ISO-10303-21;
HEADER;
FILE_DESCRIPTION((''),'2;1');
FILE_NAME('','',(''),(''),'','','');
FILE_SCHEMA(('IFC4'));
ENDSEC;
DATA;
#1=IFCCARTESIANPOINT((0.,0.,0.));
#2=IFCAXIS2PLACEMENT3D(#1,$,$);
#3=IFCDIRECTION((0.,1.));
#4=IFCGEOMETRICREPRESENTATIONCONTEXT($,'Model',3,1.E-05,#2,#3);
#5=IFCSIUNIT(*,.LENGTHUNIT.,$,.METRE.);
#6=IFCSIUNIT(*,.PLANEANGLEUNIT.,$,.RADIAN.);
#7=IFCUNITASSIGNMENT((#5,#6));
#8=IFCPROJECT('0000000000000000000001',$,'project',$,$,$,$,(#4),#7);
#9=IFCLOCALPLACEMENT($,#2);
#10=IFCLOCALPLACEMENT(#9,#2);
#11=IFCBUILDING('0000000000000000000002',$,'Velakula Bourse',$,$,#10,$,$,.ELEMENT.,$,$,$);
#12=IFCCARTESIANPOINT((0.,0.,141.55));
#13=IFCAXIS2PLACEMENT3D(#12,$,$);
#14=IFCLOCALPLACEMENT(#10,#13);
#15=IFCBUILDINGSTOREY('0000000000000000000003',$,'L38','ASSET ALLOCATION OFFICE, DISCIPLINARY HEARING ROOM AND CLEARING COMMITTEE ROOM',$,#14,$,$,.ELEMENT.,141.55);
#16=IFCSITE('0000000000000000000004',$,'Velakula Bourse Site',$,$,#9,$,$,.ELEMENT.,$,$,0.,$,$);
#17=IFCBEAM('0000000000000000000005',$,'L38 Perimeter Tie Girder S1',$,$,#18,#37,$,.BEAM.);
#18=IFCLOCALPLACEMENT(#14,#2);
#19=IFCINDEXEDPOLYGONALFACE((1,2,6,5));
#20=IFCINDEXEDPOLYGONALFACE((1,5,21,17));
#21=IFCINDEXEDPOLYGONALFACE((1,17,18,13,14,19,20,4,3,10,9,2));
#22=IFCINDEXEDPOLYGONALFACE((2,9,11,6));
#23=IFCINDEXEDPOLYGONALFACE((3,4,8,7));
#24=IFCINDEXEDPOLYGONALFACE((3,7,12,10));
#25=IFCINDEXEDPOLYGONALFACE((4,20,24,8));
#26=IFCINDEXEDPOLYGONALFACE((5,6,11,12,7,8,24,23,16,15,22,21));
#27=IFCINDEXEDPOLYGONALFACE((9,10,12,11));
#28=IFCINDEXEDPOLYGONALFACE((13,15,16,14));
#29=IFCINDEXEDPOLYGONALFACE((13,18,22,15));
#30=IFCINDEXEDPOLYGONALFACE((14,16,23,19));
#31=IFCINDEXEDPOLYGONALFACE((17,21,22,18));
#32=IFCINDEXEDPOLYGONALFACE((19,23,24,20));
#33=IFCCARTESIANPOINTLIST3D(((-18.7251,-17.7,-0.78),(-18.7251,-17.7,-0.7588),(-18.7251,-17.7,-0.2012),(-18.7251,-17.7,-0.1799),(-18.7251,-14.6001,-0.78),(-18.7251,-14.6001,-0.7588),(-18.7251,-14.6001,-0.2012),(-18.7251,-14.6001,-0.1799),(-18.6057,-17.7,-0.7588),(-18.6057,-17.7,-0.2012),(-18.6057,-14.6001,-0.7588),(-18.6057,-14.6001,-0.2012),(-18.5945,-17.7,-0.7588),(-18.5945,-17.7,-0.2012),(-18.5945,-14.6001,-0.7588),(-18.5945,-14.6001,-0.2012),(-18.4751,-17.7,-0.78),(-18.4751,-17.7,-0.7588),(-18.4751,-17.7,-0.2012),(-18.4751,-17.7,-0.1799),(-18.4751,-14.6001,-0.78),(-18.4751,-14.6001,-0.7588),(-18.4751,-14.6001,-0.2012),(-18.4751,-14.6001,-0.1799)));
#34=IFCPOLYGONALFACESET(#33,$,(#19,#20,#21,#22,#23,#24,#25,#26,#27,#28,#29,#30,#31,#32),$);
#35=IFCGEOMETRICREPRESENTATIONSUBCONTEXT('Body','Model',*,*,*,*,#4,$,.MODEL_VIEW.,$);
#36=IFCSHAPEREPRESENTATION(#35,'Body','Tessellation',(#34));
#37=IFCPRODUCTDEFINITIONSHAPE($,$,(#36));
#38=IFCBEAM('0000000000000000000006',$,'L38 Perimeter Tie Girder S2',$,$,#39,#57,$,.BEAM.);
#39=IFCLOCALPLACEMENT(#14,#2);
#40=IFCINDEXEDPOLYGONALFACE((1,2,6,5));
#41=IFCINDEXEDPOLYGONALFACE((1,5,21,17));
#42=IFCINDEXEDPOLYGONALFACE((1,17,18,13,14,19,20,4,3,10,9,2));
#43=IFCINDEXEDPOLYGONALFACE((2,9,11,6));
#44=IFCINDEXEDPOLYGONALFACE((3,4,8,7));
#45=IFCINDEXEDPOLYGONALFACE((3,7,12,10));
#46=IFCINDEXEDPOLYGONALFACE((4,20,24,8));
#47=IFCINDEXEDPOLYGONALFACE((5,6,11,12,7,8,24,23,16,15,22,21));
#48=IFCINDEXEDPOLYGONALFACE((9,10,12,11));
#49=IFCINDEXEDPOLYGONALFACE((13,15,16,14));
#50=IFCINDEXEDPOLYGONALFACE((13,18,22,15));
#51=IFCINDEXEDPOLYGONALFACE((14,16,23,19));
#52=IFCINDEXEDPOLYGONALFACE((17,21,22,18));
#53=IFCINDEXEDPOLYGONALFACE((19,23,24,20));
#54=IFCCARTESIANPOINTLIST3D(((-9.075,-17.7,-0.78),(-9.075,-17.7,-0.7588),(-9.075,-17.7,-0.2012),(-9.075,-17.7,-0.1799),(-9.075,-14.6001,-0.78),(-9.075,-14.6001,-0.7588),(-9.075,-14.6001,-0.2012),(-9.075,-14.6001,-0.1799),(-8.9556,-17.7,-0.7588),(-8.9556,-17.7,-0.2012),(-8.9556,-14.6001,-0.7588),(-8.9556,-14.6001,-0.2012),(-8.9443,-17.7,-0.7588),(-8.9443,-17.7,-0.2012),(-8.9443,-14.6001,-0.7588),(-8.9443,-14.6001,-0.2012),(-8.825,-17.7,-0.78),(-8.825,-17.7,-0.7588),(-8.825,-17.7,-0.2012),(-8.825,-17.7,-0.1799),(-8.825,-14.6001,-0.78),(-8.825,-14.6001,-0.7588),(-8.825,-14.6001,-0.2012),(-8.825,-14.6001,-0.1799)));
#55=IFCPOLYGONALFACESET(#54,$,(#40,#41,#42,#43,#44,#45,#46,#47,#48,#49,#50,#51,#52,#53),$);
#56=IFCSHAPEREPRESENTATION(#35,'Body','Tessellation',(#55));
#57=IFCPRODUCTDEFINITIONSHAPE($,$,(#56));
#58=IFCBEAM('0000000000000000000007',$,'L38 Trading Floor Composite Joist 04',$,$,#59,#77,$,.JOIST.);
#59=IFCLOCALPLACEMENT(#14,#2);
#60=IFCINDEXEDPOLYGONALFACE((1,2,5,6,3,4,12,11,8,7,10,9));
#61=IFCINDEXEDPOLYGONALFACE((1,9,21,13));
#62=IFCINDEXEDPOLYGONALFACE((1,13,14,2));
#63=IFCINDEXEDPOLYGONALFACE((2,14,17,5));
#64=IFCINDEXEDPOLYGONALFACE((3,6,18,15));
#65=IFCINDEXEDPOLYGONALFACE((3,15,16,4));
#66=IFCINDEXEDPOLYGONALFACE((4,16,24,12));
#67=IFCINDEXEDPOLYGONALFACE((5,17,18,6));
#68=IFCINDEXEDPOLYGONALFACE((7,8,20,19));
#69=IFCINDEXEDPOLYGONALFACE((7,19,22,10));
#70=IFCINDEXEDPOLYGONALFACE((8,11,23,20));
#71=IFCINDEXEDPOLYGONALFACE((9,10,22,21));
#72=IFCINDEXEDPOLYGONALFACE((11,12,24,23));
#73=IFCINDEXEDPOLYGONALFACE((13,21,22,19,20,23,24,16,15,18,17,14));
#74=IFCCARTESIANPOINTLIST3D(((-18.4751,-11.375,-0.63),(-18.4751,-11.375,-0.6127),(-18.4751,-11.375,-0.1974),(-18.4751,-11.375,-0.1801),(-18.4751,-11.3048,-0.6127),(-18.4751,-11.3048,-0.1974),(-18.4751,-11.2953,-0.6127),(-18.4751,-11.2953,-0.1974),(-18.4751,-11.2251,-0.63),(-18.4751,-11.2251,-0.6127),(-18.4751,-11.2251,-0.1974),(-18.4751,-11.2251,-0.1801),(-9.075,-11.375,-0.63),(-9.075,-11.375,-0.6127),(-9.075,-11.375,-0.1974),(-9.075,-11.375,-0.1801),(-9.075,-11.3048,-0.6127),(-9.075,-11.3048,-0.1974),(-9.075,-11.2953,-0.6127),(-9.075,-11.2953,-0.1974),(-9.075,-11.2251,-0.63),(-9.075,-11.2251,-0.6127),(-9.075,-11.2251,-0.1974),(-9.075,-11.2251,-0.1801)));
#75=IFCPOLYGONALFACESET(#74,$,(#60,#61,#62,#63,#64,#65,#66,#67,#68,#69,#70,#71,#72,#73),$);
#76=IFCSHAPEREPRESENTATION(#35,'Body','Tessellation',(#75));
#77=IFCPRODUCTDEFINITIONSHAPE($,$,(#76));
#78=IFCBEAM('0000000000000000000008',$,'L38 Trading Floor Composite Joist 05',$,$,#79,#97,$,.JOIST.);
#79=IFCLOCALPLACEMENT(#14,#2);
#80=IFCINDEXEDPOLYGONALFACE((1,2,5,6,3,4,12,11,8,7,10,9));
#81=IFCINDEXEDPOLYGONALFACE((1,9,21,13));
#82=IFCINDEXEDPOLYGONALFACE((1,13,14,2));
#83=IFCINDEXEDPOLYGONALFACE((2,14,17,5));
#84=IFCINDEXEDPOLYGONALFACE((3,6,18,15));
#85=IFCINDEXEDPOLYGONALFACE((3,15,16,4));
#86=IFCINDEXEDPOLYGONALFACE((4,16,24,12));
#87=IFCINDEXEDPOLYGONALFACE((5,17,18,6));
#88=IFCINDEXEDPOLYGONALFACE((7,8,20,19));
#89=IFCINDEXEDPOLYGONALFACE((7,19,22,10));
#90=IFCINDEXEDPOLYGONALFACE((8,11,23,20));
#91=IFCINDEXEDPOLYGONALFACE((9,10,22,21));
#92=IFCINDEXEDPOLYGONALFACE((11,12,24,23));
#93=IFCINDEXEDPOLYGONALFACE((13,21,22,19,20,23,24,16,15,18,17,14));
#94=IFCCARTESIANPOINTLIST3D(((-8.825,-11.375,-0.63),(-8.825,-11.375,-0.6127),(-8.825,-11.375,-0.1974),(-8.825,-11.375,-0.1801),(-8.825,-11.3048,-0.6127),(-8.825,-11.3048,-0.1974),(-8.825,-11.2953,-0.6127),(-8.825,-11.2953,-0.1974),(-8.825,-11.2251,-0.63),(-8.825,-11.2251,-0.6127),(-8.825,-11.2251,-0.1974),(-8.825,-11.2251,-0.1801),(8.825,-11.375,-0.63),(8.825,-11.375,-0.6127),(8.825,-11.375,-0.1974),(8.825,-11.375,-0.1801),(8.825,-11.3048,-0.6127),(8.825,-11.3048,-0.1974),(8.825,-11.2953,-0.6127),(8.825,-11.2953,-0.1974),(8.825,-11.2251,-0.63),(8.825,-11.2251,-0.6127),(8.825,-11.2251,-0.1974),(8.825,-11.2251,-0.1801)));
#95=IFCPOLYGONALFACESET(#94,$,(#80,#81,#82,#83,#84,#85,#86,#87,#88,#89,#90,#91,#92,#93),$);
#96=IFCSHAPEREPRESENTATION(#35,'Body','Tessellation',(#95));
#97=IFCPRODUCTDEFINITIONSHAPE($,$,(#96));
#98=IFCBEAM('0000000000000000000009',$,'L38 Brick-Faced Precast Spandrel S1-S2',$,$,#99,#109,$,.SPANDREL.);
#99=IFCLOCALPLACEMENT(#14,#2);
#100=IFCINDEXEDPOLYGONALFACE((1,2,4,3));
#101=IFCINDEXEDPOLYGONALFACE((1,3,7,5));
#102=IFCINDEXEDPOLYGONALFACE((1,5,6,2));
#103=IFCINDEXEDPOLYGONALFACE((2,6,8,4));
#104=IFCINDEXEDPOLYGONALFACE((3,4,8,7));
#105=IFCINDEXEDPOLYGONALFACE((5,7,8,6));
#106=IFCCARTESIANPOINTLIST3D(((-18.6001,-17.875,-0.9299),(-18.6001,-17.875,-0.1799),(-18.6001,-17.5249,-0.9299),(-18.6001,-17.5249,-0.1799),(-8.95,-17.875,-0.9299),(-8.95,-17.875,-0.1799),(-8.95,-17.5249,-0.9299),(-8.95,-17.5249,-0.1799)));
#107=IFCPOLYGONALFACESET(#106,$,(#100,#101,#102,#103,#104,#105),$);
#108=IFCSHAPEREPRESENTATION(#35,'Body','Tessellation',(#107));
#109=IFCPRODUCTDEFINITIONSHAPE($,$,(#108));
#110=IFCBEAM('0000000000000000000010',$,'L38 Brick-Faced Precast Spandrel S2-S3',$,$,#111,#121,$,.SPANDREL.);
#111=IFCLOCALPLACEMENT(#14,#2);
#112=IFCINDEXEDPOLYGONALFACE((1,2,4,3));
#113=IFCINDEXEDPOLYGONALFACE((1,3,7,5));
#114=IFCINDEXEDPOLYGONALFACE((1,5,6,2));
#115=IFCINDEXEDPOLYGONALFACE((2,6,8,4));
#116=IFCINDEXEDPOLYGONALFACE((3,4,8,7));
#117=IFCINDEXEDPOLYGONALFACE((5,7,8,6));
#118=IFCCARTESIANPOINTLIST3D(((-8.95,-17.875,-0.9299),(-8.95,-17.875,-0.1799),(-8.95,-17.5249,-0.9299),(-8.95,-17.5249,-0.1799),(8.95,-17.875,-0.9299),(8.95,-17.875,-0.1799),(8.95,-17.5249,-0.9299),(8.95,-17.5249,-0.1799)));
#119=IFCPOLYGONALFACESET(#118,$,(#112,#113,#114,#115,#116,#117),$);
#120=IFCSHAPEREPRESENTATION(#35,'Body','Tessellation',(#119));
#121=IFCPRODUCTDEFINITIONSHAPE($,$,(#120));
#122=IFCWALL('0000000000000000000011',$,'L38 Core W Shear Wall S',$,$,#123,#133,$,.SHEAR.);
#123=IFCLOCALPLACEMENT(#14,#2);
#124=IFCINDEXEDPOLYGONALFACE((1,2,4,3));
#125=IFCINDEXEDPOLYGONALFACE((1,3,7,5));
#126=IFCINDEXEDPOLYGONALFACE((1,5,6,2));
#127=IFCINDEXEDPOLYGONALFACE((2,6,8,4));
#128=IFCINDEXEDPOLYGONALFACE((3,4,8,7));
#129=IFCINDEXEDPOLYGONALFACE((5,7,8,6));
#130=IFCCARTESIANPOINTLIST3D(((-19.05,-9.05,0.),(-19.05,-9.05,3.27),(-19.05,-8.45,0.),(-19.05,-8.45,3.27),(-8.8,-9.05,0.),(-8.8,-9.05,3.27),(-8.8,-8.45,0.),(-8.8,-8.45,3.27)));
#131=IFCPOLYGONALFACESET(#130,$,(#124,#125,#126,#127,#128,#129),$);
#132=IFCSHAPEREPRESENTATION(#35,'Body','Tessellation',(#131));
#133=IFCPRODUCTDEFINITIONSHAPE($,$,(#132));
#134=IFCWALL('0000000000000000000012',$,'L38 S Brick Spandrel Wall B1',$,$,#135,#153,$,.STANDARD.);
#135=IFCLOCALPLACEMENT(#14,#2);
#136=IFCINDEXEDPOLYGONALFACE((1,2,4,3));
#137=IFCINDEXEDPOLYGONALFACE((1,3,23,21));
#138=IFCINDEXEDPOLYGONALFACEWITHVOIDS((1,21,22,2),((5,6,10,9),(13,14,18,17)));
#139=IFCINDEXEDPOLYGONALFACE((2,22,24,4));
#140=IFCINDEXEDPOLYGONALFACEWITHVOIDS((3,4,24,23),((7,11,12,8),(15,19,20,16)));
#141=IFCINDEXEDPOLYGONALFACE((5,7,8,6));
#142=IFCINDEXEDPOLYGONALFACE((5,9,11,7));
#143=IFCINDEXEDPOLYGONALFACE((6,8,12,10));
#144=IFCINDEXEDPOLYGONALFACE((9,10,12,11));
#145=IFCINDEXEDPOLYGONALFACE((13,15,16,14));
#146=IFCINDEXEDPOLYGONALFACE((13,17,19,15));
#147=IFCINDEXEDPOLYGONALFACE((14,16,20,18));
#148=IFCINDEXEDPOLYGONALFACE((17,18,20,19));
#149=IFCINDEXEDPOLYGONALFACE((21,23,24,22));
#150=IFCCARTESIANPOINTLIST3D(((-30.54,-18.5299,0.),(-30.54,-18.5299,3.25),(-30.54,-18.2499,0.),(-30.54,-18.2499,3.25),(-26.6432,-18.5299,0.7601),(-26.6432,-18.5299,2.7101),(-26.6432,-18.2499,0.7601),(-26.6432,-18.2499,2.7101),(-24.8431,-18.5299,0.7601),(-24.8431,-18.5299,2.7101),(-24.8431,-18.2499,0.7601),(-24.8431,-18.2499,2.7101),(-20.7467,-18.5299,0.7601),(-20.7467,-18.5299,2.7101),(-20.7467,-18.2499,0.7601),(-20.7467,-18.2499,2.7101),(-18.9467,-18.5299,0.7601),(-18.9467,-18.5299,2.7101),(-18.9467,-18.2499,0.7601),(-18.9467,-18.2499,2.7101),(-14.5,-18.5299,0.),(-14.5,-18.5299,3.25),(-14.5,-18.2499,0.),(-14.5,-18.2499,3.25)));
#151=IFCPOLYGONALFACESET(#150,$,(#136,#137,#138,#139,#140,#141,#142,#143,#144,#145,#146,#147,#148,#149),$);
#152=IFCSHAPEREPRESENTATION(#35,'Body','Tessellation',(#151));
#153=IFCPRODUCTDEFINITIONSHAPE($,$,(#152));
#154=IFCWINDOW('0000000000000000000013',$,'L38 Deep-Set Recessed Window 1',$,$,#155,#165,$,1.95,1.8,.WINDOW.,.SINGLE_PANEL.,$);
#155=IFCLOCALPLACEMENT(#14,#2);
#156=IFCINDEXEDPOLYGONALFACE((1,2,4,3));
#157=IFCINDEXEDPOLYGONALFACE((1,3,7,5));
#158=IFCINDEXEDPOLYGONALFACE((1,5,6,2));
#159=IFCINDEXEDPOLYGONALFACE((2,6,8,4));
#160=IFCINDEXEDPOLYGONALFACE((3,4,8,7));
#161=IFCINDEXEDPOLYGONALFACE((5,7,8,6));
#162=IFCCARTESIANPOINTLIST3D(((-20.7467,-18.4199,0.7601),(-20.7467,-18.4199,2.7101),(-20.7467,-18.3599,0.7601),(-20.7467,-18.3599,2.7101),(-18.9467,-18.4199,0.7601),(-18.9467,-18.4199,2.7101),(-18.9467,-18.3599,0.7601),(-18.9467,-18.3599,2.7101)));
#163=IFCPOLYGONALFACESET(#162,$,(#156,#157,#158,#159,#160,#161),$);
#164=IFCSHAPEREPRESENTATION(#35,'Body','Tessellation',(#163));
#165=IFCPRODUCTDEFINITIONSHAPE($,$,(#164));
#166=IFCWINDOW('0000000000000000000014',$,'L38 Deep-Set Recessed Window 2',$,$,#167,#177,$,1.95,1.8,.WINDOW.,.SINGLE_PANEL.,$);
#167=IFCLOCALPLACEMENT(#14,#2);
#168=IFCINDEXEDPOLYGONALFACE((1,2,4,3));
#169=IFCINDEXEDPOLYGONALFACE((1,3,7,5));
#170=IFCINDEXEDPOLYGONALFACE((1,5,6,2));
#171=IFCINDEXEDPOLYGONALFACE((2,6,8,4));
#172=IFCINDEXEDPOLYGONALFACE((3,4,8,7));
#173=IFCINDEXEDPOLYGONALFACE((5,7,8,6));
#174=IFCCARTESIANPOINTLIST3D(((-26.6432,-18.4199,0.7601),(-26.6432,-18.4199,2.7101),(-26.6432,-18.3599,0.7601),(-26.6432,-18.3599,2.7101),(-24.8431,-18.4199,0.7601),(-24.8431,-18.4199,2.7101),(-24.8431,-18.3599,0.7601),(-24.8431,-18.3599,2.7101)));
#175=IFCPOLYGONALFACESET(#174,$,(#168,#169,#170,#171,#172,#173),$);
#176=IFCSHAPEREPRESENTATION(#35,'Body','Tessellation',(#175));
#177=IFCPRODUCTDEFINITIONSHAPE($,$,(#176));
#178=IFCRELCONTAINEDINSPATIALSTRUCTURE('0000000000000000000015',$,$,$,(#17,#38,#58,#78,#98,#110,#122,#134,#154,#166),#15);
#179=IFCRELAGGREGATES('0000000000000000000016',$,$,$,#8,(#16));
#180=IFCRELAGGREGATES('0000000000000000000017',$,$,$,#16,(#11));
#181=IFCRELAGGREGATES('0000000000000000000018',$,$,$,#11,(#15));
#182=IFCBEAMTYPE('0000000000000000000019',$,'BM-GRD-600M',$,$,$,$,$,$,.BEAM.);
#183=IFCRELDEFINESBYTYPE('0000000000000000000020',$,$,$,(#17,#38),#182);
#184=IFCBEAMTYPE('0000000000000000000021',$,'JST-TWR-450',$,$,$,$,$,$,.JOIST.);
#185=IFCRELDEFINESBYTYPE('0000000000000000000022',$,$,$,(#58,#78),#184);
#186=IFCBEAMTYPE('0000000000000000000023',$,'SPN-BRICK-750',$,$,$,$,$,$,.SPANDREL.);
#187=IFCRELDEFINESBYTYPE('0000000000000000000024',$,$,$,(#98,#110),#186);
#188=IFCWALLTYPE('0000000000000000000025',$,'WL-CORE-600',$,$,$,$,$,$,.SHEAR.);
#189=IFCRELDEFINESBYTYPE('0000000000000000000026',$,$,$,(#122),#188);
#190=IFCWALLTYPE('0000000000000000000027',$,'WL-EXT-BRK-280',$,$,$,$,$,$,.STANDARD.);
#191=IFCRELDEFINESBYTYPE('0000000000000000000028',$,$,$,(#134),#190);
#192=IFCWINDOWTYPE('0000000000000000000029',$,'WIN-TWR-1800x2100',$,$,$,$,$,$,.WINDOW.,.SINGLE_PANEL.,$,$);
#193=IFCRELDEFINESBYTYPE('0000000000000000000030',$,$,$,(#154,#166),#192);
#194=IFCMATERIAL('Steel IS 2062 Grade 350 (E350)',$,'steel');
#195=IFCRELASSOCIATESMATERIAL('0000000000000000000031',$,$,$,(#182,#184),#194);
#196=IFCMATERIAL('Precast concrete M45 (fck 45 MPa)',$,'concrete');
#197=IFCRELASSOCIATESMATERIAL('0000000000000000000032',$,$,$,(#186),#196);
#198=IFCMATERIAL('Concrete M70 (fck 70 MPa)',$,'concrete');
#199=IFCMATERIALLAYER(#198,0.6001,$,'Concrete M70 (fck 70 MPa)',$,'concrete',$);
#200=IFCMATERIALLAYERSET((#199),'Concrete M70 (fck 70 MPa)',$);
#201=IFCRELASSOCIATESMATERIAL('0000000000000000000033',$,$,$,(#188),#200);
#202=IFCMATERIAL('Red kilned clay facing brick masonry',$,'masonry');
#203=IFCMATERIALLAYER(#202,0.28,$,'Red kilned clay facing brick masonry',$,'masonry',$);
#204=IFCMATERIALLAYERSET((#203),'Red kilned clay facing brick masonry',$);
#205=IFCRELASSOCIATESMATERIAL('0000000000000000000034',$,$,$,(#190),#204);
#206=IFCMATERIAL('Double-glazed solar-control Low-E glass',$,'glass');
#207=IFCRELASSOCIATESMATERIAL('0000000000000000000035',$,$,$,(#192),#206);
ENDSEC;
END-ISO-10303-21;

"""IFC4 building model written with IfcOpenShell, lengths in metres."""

from ifc_helpers import new_model, si_unit, direction, frame, frame_2d, origin, origin_2d, place, context, subcontext, project, spatial, rectangle, i_section, extrude, material, layer, layer_set, material_profile, profile_set, type_object, element, fill, save


model = new_model("IFC4")

# Units and contexts
model_context = context("Model", 3, precision=1e-05, world=origin(), true_north=direction((0.0, 1.0)))
body_context = subcontext(model_context, "Body", "Model", "MODEL_VIEW")
ifc_project = project(units=[si_unit("LENGTHUNIT", "METRE"), si_unit("PLANEANGLEUNIT", "RADIAN")], contexts=[model_context])

# Site, building, storey
site_placement = place(None, origin())
site = spatial("IfcSite", under=ifc_project, at=site_placement, Name="Velakula Bourse Site", CompositionType="ELEMENT", RefElevation=0.0)
building_placement = place(site_placement, origin())
building = spatial("IfcBuilding", under=site, at=building_placement, Name="Velakula Bourse", CompositionType="ELEMENT")
storey_placement = place(building_placement, frame((0.0, 0.0, 141.55)))
storey = spatial("IfcBuildingStorey", under=building, at=storey_placement, Name="L38", Description="ASSET ALLOCATION OFFICE, DISCIPLINARY HEARING ROOM AND CLEARING COMMITTEE ROOM", CompositionType="ELEMENT", Elevation=141.55)

# Shared definitions
ifc_material_1 = material(Name="Concrete M70 (fck 70 MPa)", Category="concrete")
ifc_material_2 = material(Name="Steel IS 2062 Grade 350 (E350)", Category="steel")

# Beams
ifc_material_profile_1 = material_profile(ifc_material_2, i_section(OverallWidth=0.25, OverallDepth=0.6001, WebThickness=0.0112, FlangeThickness=0.0212, at=origin_2d()), Name="Steel IS 2062 Grade 350 (E350)")
ifc_profile_set_1 = profile_set([ifc_material_profile_1], Name="Steel IS 2062 Grade 350 (E350)")
beam_type_1 = type_object("IfcBeamType", Name="BM-GRD-600M", PredefinedType="BEAM", material=ifc_profile_set_1)
for number, where, z_axis, x_axis, name in (
    (1, (-18.6001, -14.6001, -0.48), (0.0, -1.0, 0.0), (1.0, 0.0, 0.0), "L38 Perimeter Tie Girder S1"),
    (2, (-8.95, -14.6001, -0.48), (0.0, -1.0, 0.0), (1.0, 0.0, 0.0), "L38 Perimeter Tie Girder S2"),
):
    element("IfcBeam", number, at=place(storey_placement, frame(where, z_axis=z_axis, x_axis=x_axis)), inside=storey, type_object=beam_type_1, Name=name, PredefinedType="BEAM", context=body_context, shape_type="SweptSolid", body=[
        extrude(i_section(OverallWidth=0.25, OverallDepth=0.6001, WebThickness=0.0112, FlangeThickness=0.0212, at=origin_2d()), origin(), (0.0, 0.0, 1.0), 3.0999),
    ])
ifc_material_profile_2 = material_profile(ifc_material_2, i_section(OverallWidth=0.1499, OverallDepth=0.45, WebThickness=0.0095, FlangeThickness=0.0173, at=origin_2d()), Name="Steel IS 2062 Grade 350 (E350)")
ifc_profile_set_2 = profile_set([ifc_material_profile_2], Name="Steel IS 2062 Grade 350 (E350)")
beam_type_2 = type_object("IfcBeamType", Name="JST-TWR-450", PredefinedType="JOIST", material=ifc_profile_set_2)
beam_1_placement = place(storey_placement, frame((-18.4751, -11.3, -0.405), z_axis=(1.0, 0.0, 0.0), x_axis=(0.0, 1.0, 0.0)))
element("IfcBeam", 3, at=beam_1_placement, inside=storey, type_object=beam_type_2, Name="L38 Trading Floor Composite Joist 04", PredefinedType="JOIST", context=body_context, shape_type="SweptSolid", body=[
    extrude(i_section(OverallWidth=0.1499, OverallDepth=0.45, WebThickness=0.0095, FlangeThickness=0.0173, at=origin_2d()), origin(), (0.0, 0.0, 1.0), 9.4001),
])
beam_2_placement = place(storey_placement, frame((-8.825, -11.3, -0.405), z_axis=(1.0, 0.0, 0.0), x_axis=(0.0, 1.0, 0.0)))
element("IfcBeam", 4, at=beam_2_placement, inside=storey, type_object=beam_type_2, Name="L38 Trading Floor Composite Joist 05", PredefinedType="JOIST", context=body_context, shape_type="SweptSolid", body=[
    extrude(i_section(OverallWidth=0.1499, OverallDepth=0.45, WebThickness=0.0095, FlangeThickness=0.0173, at=origin_2d()), origin(), (0.0, 0.0, 1.0), 17.6499),
])
ifc_material_3 = material(Name="Precast concrete M45 (fck 45 MPa)", Category="concrete")
ifc_material_profile_3 = material_profile(ifc_material_3, rectangle(XDim=0.3501, YDim=0.75, at=origin_2d()), Name="Precast concrete M45 (fck 45 MPa)")
ifc_profile_set_3 = profile_set([ifc_material_profile_3], Name="Precast concrete M45 (fck 45 MPa)")
beam_type_3 = type_object("IfcBeamType", Name="SPN-BRICK-750", PredefinedType="SPANDREL", material=ifc_profile_set_3)
beam_3_placement = place(storey_placement, frame((-18.6001, -17.7, -0.5549), z_axis=(1.0, 0.0, 0.0), x_axis=(0.0, 1.0, 0.0)))
element("IfcBeam", 5, at=beam_3_placement, inside=storey, type_object=beam_type_3, Name="L38 Brick-Faced Precast Spandrel S1-S2", PredefinedType="SPANDREL", context=body_context, shape_type="SweptSolid", body=[
    extrude(rectangle(XDim=0.3501, YDim=0.75, at=origin_2d()), origin(), (0.0, 0.0, 1.0), 9.6501),
])
beam_4_placement = place(storey_placement, frame((-8.95, -17.7, -0.5549), z_axis=(1.0, 0.0, 0.0), x_axis=(0.0, 1.0, 0.0)))
element("IfcBeam", 6, at=beam_4_placement, inside=storey, type_object=beam_type_3, Name="L38 Brick-Faced Precast Spandrel S2-S3", PredefinedType="SPANDREL", context=body_context, shape_type="SweptSolid", body=[
    extrude(rectangle(XDim=0.3501, YDim=0.75, at=origin_2d()), origin(), (0.0, 0.0, 1.0), 17.8999),
])

# Wall
ifc_layer_1 = layer(ifc_material_1, 0.6001, Name="Concrete M70 (fck 70 MPa)", Category="concrete")
ifc_layer_set_1 = layer_set([ifc_layer_1], Name="Concrete M70 (fck 70 MPa)")
wall_type_1 = type_object("IfcWallType", Name="WL-CORE-600", PredefinedType="SHEAR", material=ifc_layer_set_1)
wall_1_placement = place(storey_placement, frame((-19.05, -8.75, 0.0), z_axis=(0.0, 0.0, 1.0), x_axis=(1.0, 0.0, 0.0)))
element("IfcWall", 7, at=wall_1_placement, inside=storey, type_object=wall_type_1, Name="L38 Core W Shear Wall S", PredefinedType="SHEAR", context=body_context, shape_type="SweptSolid", body=[
    extrude(rectangle(XDim=10.25, YDim=0.6001, at=frame_2d((5.125, 0.0))), origin(), (0.0, 0.0, 1.0), 3.27),
])

# Wall, openings, windows
ifc_material_4 = material(Name="Red kilned clay facing brick masonry", Category="masonry")
ifc_layer_2 = layer(ifc_material_4, 0.28, Name="Red kilned clay facing brick masonry", Category="masonry")
ifc_layer_set_2 = layer_set([ifc_layer_2], Name="Red kilned clay facing brick masonry")
wall_type_2 = type_object("IfcWallType", Name="WL-EXT-BRK-280", PredefinedType="STANDARD", material=ifc_layer_set_2)
wall_2_placement = place(storey_placement, frame((-14.5, -18.3899, 0.0), z_axis=(0.0, 0.0, 1.0), x_axis=(-1.0, 0.0, 0.0)))
wall_2 = element("IfcWall", 8, at=wall_2_placement, inside=storey, type_object=wall_type_2, Name="L38 S Brick Spandrel Wall B1", PredefinedType="STANDARD", context=body_context, shape_type="SweptSolid", body=[
    extrude(rectangle(XDim=16.04, YDim=0.28, at=frame_2d((8.02, 0.0))), origin(), (0.0, 0.0, 1.0), 3.25),
])
opening_1_placement = place(wall_2_placement, frame((4.4468, 0.0, 0.76)))
opening_1 = element("IfcOpeningElement", 9, at=opening_1_placement, cuts=wall_2, PredefinedType="OPENING", context=body_context, shape_type="SweptSolid", body=[
    extrude(rectangle(XDim=1.8, YDim=1.95, at=frame_2d((0.8999, 0.9751))), frame((0.0, 0.1499, 0.0), z_axis=(0.0, -1.0, 0.0), x_axis=(1.0, 0.0, 0.0)), (0.0, 0.0, 1.0), 0.3),
])
opening_2_placement = place(wall_2_placement, frame((10.3433, 0.0, 0.76)))
opening_2 = element("IfcOpeningElement", 10, at=opening_2_placement, cuts=wall_2, PredefinedType="OPENING", context=body_context, shape_type="SweptSolid", body=[
    extrude(rectangle(XDim=1.8, YDim=1.95, at=frame_2d((0.8999, 0.9751))), frame((0.0, 0.1499, 0.0), z_axis=(0.0, -1.0, 0.0), x_axis=(1.0, 0.0, 0.0)), (0.0, 0.0, 1.0), 0.3),
])
ifc_material_5 = material(Name="Double-glazed solar-control Low-E glass", Category="glass")
window_type = type_object("IfcWindowType", Name="WIN-TWR-1800x2100", PartitioningType="SINGLE_PANEL", PredefinedType="WINDOW", material=ifc_material_5)
window_1_placement = place(opening_1_placement, origin())
window_1 = element("IfcWindow", 11, at=window_1_placement, inside=storey, type_object=window_type, Name="L38 Deep-Set Recessed Window 1", OverallHeight=1.95, OverallWidth=1.8, PartitioningType="SINGLE_PANEL", PredefinedType="WINDOW", context=body_context, shape_type="SweptSolid", body=[
    extrude(rectangle(XDim=1.8, YDim=1.95, at=frame_2d((0.8999, 0.9751))), frame((0.0, 0.03, 0.0), z_axis=(0.0, -1.0, 0.0), x_axis=(1.0, 0.0, 0.0)), (0.0, 0.0, 1.0), 0.0601),
])
fill(opening_1, window_1)
window_2_placement = place(opening_2_placement, origin())
window_2 = element("IfcWindow", 12, at=window_2_placement, inside=storey, type_object=window_type, Name="L38 Deep-Set Recessed Window 2", OverallHeight=1.95, OverallWidth=1.8, PartitioningType="SINGLE_PANEL", PredefinedType="WINDOW", context=body_context, shape_type="SweptSolid", body=[
    extrude(rectangle(XDim=1.8, YDim=1.95, at=frame_2d((0.8999, 0.9751))), frame((0.0, 0.03, 0.0), z_axis=(0.0, -1.0, 0.0), x_axis=(1.0, 0.0, 0.0)), (0.0, 0.0, 1.0), 0.0601),
])
fill(opening_2, window_2)

save(model, "model.ifc")
